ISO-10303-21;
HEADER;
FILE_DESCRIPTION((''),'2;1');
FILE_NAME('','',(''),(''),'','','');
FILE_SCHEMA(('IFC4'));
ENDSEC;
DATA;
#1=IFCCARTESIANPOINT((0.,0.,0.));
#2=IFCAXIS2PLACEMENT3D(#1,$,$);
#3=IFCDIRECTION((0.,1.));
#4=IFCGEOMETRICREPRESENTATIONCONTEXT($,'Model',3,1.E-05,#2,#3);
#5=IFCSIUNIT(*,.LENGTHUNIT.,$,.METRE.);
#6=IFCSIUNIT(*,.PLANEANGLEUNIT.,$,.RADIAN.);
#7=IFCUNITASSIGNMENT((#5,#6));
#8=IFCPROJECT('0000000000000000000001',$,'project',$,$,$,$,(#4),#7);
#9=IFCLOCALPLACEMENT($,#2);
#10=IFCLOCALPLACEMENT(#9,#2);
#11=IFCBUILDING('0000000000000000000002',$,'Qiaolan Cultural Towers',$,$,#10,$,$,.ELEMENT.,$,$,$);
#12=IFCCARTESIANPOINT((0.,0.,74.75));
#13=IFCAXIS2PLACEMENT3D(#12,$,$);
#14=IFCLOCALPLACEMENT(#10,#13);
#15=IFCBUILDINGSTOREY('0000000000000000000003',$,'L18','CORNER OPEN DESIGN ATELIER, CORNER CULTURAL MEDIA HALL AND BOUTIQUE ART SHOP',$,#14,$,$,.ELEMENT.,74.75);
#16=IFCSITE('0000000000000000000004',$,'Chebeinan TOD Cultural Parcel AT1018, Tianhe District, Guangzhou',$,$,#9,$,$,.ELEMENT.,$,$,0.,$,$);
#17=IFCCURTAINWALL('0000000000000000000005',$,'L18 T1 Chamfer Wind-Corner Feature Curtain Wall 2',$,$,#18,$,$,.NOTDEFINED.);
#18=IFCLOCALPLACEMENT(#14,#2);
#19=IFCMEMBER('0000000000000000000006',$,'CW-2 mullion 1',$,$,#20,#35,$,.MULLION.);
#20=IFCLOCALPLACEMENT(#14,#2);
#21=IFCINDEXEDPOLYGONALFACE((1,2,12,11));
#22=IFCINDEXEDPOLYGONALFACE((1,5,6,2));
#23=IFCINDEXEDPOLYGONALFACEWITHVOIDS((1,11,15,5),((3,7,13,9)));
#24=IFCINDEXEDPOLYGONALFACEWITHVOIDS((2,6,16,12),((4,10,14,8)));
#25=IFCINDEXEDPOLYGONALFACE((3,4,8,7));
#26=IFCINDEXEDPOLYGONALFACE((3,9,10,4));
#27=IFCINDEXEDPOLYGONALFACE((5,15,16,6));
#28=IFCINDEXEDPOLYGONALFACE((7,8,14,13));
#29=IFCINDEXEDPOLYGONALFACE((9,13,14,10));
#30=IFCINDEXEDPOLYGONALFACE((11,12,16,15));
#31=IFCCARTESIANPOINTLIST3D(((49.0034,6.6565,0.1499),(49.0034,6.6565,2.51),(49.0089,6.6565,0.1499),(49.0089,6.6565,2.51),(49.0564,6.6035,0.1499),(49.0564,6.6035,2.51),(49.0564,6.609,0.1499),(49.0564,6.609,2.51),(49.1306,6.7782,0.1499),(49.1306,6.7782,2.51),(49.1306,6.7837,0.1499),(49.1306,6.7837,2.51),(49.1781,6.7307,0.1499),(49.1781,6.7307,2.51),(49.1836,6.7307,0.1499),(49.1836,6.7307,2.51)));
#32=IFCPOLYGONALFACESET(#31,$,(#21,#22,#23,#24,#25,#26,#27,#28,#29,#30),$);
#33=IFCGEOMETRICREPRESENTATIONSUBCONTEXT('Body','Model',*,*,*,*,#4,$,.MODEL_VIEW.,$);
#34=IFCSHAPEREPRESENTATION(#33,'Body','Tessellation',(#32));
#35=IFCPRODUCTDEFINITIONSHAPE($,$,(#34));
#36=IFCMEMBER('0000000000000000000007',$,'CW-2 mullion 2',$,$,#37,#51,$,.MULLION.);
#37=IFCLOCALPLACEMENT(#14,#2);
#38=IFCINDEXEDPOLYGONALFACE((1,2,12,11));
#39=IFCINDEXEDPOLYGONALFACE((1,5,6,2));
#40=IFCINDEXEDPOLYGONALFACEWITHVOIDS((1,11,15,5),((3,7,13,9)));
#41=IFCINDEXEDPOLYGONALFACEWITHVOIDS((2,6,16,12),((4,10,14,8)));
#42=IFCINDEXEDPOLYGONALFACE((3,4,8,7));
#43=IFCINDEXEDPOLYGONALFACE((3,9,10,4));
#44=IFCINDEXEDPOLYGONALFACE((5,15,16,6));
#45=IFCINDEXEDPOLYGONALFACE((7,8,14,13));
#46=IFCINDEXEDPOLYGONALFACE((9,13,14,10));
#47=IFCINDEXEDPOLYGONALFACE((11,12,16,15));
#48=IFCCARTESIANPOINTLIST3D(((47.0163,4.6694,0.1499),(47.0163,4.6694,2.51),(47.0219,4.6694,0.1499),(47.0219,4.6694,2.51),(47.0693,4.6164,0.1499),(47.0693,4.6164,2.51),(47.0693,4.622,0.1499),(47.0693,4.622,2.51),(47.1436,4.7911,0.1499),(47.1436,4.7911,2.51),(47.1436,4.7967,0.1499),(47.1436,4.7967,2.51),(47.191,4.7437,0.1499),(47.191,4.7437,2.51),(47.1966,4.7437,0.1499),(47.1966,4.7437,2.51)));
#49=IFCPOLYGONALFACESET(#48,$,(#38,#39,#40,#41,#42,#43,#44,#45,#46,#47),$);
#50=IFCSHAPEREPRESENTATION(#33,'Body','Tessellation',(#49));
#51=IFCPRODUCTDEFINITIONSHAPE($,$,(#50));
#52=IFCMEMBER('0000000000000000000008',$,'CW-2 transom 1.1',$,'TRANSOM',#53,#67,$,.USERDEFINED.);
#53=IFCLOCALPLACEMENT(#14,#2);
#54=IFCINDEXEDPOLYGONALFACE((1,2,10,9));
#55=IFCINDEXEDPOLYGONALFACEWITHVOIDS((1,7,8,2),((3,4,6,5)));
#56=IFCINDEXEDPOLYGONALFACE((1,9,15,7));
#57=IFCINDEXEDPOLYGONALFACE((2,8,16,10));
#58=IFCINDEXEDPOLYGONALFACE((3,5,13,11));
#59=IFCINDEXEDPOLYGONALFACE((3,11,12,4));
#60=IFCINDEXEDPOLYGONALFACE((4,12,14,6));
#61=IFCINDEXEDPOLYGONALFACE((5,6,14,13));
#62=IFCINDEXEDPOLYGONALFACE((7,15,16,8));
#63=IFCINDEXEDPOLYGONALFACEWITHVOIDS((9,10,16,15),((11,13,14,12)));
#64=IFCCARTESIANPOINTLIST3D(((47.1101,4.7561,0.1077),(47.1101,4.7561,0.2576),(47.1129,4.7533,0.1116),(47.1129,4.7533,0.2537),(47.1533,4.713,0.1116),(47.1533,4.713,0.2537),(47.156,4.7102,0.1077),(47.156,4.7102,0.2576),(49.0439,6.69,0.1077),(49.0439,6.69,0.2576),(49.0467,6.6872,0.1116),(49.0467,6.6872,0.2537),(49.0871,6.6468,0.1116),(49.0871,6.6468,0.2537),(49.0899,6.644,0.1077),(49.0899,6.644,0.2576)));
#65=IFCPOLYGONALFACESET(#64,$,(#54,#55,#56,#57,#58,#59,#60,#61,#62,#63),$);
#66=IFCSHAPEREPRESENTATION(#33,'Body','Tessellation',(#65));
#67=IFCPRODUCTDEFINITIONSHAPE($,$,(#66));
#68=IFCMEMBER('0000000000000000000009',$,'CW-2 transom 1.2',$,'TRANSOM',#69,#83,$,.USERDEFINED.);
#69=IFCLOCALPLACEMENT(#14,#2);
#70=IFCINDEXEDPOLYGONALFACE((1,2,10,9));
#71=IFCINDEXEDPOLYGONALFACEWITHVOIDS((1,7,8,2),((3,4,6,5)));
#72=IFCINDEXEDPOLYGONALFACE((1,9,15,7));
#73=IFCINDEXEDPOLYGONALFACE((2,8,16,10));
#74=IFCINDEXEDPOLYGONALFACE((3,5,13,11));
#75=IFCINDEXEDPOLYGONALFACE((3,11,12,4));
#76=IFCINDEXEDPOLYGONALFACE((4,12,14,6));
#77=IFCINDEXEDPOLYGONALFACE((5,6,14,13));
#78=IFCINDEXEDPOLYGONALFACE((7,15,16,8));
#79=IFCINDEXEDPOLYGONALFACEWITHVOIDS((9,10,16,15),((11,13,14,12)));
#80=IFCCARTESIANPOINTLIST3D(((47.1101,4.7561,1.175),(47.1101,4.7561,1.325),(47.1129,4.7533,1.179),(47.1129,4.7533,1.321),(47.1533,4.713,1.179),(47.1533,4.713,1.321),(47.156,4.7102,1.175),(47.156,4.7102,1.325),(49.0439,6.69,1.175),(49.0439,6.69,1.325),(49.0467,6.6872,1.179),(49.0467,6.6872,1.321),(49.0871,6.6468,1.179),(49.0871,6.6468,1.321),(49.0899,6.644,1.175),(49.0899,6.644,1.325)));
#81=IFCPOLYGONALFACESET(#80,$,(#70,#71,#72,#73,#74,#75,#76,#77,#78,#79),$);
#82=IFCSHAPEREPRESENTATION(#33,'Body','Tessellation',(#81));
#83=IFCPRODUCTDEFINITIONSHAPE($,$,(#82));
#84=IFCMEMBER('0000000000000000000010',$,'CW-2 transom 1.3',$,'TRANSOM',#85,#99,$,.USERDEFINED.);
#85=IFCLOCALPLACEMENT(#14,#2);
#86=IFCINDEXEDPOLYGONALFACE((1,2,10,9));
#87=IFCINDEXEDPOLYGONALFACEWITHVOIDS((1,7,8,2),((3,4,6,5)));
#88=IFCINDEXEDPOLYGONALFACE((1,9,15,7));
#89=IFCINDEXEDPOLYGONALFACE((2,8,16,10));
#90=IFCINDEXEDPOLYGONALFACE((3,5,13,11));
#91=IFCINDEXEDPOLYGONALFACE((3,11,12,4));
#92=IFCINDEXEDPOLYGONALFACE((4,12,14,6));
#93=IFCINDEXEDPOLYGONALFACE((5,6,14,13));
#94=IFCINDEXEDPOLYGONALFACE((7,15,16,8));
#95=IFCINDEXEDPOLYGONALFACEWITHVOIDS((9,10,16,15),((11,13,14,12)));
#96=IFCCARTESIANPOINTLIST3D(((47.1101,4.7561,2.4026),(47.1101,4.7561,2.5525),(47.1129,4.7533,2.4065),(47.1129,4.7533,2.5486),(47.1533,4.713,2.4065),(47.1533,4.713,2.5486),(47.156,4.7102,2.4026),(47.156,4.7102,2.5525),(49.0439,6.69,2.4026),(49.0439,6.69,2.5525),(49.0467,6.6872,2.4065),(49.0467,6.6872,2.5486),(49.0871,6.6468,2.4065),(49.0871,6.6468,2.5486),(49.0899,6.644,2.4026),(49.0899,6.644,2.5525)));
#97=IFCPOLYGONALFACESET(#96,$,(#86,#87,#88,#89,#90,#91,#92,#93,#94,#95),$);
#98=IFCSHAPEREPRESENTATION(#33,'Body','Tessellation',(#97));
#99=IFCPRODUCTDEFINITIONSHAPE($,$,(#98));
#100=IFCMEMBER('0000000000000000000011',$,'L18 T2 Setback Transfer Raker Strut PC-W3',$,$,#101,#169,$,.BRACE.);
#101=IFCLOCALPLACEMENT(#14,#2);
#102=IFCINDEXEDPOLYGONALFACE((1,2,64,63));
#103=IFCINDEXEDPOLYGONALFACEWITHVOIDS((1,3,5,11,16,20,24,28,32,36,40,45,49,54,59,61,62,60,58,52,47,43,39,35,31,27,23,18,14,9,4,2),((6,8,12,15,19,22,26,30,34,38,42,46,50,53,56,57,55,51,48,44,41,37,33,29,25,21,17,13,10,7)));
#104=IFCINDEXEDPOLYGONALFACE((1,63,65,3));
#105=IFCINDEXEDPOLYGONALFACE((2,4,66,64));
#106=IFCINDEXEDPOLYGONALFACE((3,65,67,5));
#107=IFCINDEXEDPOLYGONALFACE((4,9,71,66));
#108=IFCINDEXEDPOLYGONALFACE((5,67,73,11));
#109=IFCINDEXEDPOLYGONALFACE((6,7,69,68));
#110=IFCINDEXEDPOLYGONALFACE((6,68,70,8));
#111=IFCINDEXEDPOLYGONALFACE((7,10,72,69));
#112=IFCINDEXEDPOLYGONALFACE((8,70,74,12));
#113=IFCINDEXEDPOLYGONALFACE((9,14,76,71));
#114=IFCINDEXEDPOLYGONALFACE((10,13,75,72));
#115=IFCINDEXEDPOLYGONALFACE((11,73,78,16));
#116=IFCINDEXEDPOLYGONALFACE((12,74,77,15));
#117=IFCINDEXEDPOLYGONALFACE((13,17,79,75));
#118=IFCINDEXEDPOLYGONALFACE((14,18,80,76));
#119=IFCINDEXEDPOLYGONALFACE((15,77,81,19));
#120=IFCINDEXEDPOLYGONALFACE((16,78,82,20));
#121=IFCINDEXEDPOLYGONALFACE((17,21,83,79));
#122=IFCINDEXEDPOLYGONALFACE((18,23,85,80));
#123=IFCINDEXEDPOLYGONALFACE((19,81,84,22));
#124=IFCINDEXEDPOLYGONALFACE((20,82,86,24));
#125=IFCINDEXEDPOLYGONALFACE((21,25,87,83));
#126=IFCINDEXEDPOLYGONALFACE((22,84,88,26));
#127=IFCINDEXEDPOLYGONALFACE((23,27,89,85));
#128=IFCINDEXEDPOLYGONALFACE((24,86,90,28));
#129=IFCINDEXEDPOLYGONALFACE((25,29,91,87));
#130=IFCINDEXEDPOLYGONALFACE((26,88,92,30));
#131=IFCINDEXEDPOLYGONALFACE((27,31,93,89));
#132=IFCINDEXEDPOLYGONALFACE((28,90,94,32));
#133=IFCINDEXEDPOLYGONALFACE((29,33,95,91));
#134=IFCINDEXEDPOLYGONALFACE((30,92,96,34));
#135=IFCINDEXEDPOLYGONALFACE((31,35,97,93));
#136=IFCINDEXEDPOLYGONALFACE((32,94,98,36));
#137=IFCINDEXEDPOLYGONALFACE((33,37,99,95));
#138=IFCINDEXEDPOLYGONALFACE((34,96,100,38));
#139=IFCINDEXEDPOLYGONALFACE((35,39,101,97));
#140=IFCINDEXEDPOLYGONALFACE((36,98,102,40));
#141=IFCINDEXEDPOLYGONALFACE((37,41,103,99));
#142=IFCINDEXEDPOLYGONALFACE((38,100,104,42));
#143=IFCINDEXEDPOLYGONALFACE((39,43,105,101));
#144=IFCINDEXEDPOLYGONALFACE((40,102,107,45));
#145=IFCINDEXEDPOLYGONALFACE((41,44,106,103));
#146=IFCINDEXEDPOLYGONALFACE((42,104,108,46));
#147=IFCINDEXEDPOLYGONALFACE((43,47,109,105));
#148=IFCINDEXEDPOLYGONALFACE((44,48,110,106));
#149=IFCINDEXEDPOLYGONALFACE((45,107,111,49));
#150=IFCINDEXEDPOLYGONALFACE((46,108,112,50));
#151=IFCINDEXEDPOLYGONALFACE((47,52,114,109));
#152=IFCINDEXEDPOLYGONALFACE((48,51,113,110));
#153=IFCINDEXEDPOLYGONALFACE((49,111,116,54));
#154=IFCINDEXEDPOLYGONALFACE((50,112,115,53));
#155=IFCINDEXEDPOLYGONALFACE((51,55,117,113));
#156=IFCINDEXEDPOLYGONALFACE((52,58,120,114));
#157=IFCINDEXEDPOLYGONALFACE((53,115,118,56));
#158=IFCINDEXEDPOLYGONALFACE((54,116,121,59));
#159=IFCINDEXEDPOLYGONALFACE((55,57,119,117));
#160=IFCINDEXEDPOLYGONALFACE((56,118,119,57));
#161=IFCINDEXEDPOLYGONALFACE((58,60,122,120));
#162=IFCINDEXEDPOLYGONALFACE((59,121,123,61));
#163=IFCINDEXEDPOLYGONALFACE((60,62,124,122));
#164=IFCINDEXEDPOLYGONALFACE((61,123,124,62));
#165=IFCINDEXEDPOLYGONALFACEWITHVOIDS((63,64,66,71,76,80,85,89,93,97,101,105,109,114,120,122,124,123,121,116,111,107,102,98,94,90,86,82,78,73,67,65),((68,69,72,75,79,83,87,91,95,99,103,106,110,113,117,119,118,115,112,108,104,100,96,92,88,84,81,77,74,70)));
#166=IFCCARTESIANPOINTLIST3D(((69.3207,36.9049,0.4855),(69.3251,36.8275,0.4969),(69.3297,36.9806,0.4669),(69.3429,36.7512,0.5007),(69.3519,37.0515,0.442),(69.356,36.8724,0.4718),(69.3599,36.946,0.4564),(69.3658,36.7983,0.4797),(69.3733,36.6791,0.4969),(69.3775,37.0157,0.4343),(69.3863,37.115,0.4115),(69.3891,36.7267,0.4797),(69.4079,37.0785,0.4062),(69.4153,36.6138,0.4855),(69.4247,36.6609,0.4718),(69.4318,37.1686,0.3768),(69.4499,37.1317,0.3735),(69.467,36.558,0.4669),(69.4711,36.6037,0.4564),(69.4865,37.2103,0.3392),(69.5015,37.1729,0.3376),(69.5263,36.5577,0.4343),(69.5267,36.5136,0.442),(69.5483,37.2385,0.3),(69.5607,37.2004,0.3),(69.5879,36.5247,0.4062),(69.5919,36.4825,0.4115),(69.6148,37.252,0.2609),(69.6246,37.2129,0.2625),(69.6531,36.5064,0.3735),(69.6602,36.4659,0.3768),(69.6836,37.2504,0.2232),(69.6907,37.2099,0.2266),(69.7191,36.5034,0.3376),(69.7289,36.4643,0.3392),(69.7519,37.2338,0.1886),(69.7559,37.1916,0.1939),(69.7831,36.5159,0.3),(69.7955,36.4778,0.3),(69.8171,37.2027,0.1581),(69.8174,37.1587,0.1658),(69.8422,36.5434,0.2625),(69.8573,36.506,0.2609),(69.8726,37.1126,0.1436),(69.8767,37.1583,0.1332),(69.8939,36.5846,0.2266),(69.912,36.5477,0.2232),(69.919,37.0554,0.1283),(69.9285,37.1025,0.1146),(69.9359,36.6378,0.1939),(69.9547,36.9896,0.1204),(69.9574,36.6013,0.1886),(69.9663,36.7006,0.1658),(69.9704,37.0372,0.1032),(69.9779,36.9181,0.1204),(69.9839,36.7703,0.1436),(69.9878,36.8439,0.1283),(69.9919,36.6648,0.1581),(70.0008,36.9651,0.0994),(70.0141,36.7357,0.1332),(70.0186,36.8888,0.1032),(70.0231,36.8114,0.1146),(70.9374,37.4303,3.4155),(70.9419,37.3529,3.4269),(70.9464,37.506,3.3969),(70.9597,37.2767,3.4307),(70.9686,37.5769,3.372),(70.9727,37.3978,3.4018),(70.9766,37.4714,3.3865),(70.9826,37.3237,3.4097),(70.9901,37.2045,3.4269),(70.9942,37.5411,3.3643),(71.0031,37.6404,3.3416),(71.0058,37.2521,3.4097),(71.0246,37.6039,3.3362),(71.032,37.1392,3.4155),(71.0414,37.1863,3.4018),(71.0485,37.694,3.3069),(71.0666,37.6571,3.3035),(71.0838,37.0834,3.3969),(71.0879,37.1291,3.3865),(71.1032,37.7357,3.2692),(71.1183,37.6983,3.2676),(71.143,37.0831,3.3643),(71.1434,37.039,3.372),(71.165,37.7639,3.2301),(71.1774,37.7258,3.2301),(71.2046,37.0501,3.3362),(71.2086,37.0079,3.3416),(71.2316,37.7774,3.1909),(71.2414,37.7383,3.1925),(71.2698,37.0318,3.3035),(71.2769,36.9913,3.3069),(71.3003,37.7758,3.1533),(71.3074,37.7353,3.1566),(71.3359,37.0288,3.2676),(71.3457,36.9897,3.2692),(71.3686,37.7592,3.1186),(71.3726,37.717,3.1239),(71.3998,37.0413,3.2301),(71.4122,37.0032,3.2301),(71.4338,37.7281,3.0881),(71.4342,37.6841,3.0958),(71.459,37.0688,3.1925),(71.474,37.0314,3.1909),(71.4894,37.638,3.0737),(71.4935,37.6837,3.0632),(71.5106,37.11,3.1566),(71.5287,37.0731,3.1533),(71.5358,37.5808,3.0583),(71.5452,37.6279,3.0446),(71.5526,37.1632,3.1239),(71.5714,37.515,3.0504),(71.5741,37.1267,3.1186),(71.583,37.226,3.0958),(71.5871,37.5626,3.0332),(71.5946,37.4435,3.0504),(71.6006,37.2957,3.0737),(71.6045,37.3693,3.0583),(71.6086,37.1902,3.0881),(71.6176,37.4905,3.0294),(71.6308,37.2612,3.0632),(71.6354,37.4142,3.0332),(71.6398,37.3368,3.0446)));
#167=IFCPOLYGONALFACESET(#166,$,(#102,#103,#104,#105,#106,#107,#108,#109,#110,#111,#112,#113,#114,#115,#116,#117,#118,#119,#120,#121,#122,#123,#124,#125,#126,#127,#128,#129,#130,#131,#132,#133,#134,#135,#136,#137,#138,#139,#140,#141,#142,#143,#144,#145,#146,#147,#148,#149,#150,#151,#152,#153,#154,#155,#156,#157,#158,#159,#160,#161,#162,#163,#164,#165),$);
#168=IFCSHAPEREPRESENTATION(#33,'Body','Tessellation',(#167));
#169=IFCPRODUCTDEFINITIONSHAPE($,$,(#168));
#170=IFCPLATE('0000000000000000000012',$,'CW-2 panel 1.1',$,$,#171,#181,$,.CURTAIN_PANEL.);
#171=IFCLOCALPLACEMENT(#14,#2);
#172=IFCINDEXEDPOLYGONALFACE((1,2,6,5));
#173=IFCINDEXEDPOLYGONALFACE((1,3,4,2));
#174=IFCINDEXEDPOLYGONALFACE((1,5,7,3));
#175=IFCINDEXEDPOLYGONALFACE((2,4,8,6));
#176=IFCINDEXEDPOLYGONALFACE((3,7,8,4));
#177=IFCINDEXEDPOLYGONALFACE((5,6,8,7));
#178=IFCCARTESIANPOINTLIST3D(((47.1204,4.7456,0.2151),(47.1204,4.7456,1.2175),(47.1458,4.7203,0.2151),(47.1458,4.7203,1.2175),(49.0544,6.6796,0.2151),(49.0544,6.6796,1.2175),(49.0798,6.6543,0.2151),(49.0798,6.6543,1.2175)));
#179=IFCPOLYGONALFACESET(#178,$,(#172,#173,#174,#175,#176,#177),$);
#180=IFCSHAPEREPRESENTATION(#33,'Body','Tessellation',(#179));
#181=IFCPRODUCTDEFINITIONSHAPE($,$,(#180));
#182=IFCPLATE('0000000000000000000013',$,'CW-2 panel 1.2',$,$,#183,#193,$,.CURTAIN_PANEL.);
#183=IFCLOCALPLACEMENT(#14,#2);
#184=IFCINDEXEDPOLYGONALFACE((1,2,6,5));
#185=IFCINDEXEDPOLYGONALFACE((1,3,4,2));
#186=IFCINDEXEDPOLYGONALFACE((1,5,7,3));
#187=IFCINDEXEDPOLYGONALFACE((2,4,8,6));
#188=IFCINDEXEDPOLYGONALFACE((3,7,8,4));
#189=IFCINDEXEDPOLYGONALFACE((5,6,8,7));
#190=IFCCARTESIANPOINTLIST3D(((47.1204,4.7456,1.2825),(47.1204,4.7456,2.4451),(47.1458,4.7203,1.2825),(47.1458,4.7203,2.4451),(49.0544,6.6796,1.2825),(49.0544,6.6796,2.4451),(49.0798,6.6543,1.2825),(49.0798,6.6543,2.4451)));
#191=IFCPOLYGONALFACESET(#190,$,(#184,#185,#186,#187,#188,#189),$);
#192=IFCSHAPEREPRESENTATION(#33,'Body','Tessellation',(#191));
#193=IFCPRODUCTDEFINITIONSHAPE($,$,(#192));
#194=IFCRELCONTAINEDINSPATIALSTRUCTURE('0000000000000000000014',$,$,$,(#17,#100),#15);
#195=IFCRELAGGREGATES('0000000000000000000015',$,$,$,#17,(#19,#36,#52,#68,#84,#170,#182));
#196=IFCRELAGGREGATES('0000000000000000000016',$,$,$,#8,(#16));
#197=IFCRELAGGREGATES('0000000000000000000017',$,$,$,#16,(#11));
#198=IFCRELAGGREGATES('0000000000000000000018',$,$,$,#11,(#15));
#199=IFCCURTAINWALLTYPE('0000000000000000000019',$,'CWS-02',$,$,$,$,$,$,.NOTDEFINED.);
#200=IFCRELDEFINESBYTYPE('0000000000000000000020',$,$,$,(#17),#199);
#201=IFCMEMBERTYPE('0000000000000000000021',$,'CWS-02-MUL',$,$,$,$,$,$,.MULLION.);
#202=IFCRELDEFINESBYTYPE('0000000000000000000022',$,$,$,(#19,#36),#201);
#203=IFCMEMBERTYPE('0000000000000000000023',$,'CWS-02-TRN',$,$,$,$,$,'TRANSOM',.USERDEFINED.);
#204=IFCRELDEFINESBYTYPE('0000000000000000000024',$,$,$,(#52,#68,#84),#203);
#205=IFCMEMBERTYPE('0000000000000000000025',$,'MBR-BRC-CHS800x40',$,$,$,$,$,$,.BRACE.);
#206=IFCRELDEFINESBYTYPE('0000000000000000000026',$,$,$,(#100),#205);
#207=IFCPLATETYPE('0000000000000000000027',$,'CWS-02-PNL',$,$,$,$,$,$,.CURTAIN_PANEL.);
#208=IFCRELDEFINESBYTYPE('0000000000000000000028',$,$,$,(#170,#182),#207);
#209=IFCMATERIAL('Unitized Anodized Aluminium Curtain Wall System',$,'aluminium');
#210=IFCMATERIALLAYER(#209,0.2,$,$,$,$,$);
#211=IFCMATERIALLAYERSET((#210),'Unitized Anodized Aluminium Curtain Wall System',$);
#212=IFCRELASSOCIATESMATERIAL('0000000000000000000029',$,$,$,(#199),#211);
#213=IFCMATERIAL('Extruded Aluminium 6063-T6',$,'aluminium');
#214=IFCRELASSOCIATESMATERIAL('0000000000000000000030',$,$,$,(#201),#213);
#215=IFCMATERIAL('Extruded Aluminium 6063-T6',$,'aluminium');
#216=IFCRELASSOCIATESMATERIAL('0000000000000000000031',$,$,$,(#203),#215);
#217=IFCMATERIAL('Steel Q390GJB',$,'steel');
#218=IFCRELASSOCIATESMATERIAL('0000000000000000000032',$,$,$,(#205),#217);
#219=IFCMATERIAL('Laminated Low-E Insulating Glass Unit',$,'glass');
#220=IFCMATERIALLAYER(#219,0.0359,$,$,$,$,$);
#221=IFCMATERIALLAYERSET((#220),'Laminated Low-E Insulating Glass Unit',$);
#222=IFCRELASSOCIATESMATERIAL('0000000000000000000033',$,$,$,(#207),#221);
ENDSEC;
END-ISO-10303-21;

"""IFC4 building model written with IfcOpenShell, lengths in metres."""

from ifc_helpers import new_model, si_unit, direction, frame, origin, origin_2d, place, context, subcontext, project, spatial, rectangle, hollow_rectangle, hollow_circle, extrude, material, layer, layer_set, material_profile, profile_set, type_object, element, aggregate, save


model = new_model("IFC4")

# Units and contexts
model_context = context("Model", 3, precision=1e-05, world=origin(), true_north=direction((0.0, 1.0)))
body_context = subcontext(model_context, "Body", "Model", "MODEL_VIEW")
ifc_project = project(units=[si_unit("LENGTHUNIT", "METRE"), si_unit("PLANEANGLEUNIT", "RADIAN")], contexts=[model_context])

# Site, building, storey
site_placement = place(None, origin())
site = spatial("IfcSite", under=ifc_project, at=site_placement, Name="Chebeinan TOD Cultural Parcel AT1018, Tianhe District, Guangzhou", CompositionType="ELEMENT", RefElevation=0.0)
building_placement = place(site_placement, origin())
building = spatial("IfcBuilding", under=site, at=building_placement, Name="Qiaolan Cultural Towers", CompositionType="ELEMENT")
storey_placement = place(building_placement, frame((0.0, 0.0, 74.75)))
storey = spatial("IfcBuildingStorey", under=building, at=storey_placement, Name="L18", Description="CORNER OPEN DESIGN ATELIER, CORNER CULTURAL MEDIA HALL AND BOUTIQUE ART SHOP", CompositionType="ELEMENT", Elevation=74.75)

# Curtain wall, members
ifc_material_1 = material(Name="Unitized Anodized Aluminium Curtain Wall System", Category="aluminium")
ifc_layer_1 = layer(ifc_material_1, 0.2)
ifc_layer_set_1 = layer_set([ifc_layer_1], Name="Unitized Anodized Aluminium Curtain Wall System")
curtain_wall_type = type_object("IfcCurtainWallType", Name="CWS-02", PredefinedType="NOTDEFINED", material=ifc_layer_set_1)
curtain_wall_placement = place(storey_placement, origin())
curtain_wall = element("IfcCurtainWall", 1, at=curtain_wall_placement, inside=storey, type_object=curtain_wall_type, Name="L18 T1 Chamfer Wind-Corner Feature Curtain Wall 2", PredefinedType="NOTDEFINED")
ifc_material_2 = material(Name="Extruded Aluminium 6063-T6", Category="aluminium")
ifc_material_profile_1 = material_profile(ifc_material_2, hollow_rectangle(XDim=0.075, YDim=0.1799, WallThickness=0.0039, at=origin_2d()), Name="CWM-180x75x4")
ifc_profile_set_1 = profile_set([ifc_material_profile_1], Name="Extruded Aluminium 6063-T6")
member_type_1 = type_object("IfcMemberType", Name="CWS-02-MUL", PredefinedType="MULLION", material=ifc_profile_set_1)
member_1_placement = place(storey_placement, frame((49.0935, 6.6936, 0.1499), z_axis=(0.0, 0.0, 1.0), x_axis=(0.707107, -0.707107, 0.0)))
member_1 = element("IfcMember", 2, at=member_1_placement, type_object=member_type_1, Name="CW-2 mullion 1", PredefinedType="MULLION", context=body_context, shape_type="SweptSolid", body=[
    extrude(hollow_rectangle(XDim=0.075, YDim=0.1799, WallThickness=0.0039, at=origin_2d()), origin(), (0.0, 0.0, 1.0), 2.3601),
])
member_2_placement = place(storey_placement, frame((47.1064, 4.7065, 0.1499), z_axis=(0.0, 0.0, 1.0), x_axis=(0.707107, -0.707107, 0.0)))
member_2 = element("IfcMember", 3, at=member_2_placement, type_object=member_type_1, Name="CW-2 mullion 2", PredefinedType="MULLION", context=body_context, shape_type="SweptSolid", body=[
    extrude(hollow_rectangle(XDim=0.075, YDim=0.1799, WallThickness=0.0039, at=origin_2d()), origin(), (0.0, 0.0, 1.0), 2.3601),
])
ifc_material_3 = material(Name="Extruded Aluminium 6063-T6", Category="aluminium")
ifc_material_profile_2 = material_profile(ifc_material_3, hollow_rectangle(XDim=0.0649, YDim=0.1499, WallThickness=0.0039, at=origin_2d()), Name="CWT-150x65x4")
ifc_profile_set_2 = profile_set([ifc_material_profile_2], Name="Extruded Aluminium 6063-T6")
member_type_2 = type_object("IfcMemberType", Name="CWS-02-TRN", ElementType="TRANSOM", PredefinedType="USERDEFINED", material=ifc_profile_set_2)
member_3_placement = place(storey_placement, frame((49.0669, 6.667, 0.1826), z_axis=(-0.707107, -0.707107, 0.0), x_axis=(0.707107, -0.707107, 0.0)))
member_3 = element("IfcMember", 4, at=member_3_placement, type_object=member_type_2, Name="CW-2 transom 1.1", ObjectType="TRANSOM", PredefinedType="USERDEFINED", context=body_context, shape_type="SweptSolid", body=[
    extrude(hollow_rectangle(XDim=0.0649, YDim=0.1499, WallThickness=0.0039, at=origin_2d()), origin(), (0.0, 0.0, 1.0), 2.7349),
])
member_4_placement = place(storey_placement, frame((49.0669, 6.667, 1.25), z_axis=(-0.707107, -0.707107, 0.0), x_axis=(0.707107, -0.707107, 0.0)))
member_4 = element("IfcMember", 5, at=member_4_placement, type_object=member_type_2, Name="CW-2 transom 1.2", ObjectType="TRANSOM", PredefinedType="USERDEFINED", context=body_context, shape_type="SweptSolid", body=[
    extrude(hollow_rectangle(XDim=0.0649, YDim=0.1499, WallThickness=0.0039, at=origin_2d()), origin(), (0.0, 0.0, 1.0), 2.7349),
])
member_5_placement = place(storey_placement, frame((49.0669, 6.667, 2.4775), z_axis=(-0.707107, -0.707107, 0.0), x_axis=(0.707107, -0.707107, 0.0)))
member_5 = element("IfcMember", 6, at=member_5_placement, type_object=member_type_2, Name="CW-2 transom 1.3", ObjectType="TRANSOM", PredefinedType="USERDEFINED", context=body_context, shape_type="SweptSolid", body=[
    extrude(hollow_rectangle(XDim=0.0649, YDim=0.1499, WallThickness=0.0039, at=origin_2d()), origin(), (0.0, 0.0, 1.0), 2.7349),
])

# Member
ifc_material_4 = material(Name="Steel Q390GJB", Category="steel")
ifc_material_profile_3 = material_profile(ifc_material_4, hollow_circle(Radius=0.3999, WallThickness=0.04, at=origin_2d()), Name="CHS800x40")
ifc_profile_set_3 = profile_set([ifc_material_profile_3], Name="Steel Q390GJB")
member_type_3 = type_object("IfcMemberType", Name="MBR-BRC-CHS800x40", PredefinedType="BRACE", material=ifc_profile_set_3)
member_6_placement = place(storey_placement, frame((69.6719, 36.8582, 0.3), z_axis=(0.477273, 0.155103, 0.864959), x_axis=(-0.309067, 0.95104, 0.0)))
element("IfcMember", 7, at=member_6_placement, inside=storey, type_object=member_type_3, Name="L18 T2 Setback Transfer Raker Strut PC-W3", PredefinedType="BRACE", context=body_context, shape_type="SweptSolid", body=[
    extrude(hollow_circle(Radius=0.3999, WallThickness=0.04, at=origin_2d()), origin(), (0.0, 0.0, 1.0), 3.3875),
])

# Plates
ifc_material_5 = material(Name="Laminated Low-E Insulating Glass Unit", Category="glass")
ifc_layer_2 = layer(ifc_material_5, 0.0359)
ifc_layer_set_2 = layer_set([ifc_layer_2], Name="Laminated Low-E Insulating Glass Unit")
plate_type_1 = type_object("IfcPlateType", Name="CWS-02-PNL", PredefinedType="CURTAIN_PANEL", material=ifc_layer_set_2)
plate_1_placement = place(storey_placement, frame((48.1001, 5.7, 0.2151), z_axis=(0.0, 0.0, 1.0), x_axis=(-0.707107, -0.707107, 0.0)))
plate_1 = element("IfcPlate", 8, at=plate_1_placement, type_object=plate_type_1, Name="CW-2 panel 1.1", PredefinedType="CURTAIN_PANEL", context=body_context, shape_type="SweptSolid", body=[
    extrude(rectangle(XDim=2.7351, YDim=0.0359, at=origin_2d()), origin(), (0.0, 0.0, 1.0), 1.0024),
])
plate_2_placement = place(storey_placement, frame((48.1001, 5.7, 1.2825), z_axis=(0.0, 0.0, 1.0), x_axis=(-0.707107, -0.707107, 0.0)))
plate_2 = element("IfcPlate", 9, at=plate_2_placement, type_object=plate_type_1, Name="CW-2 panel 1.2", PredefinedType="CURTAIN_PANEL", context=body_context, shape_type="SweptSolid", body=[
    extrude(rectangle(XDim=2.7351, YDim=0.0359, at=origin_2d()), origin(), (0.0, 0.0, 1.0), 1.1626),
])
aggregate(curtain_wall, [member_1, member_2, member_3, member_4, member_5, plate_1, plate_2])

save(model, "model.ifc")
